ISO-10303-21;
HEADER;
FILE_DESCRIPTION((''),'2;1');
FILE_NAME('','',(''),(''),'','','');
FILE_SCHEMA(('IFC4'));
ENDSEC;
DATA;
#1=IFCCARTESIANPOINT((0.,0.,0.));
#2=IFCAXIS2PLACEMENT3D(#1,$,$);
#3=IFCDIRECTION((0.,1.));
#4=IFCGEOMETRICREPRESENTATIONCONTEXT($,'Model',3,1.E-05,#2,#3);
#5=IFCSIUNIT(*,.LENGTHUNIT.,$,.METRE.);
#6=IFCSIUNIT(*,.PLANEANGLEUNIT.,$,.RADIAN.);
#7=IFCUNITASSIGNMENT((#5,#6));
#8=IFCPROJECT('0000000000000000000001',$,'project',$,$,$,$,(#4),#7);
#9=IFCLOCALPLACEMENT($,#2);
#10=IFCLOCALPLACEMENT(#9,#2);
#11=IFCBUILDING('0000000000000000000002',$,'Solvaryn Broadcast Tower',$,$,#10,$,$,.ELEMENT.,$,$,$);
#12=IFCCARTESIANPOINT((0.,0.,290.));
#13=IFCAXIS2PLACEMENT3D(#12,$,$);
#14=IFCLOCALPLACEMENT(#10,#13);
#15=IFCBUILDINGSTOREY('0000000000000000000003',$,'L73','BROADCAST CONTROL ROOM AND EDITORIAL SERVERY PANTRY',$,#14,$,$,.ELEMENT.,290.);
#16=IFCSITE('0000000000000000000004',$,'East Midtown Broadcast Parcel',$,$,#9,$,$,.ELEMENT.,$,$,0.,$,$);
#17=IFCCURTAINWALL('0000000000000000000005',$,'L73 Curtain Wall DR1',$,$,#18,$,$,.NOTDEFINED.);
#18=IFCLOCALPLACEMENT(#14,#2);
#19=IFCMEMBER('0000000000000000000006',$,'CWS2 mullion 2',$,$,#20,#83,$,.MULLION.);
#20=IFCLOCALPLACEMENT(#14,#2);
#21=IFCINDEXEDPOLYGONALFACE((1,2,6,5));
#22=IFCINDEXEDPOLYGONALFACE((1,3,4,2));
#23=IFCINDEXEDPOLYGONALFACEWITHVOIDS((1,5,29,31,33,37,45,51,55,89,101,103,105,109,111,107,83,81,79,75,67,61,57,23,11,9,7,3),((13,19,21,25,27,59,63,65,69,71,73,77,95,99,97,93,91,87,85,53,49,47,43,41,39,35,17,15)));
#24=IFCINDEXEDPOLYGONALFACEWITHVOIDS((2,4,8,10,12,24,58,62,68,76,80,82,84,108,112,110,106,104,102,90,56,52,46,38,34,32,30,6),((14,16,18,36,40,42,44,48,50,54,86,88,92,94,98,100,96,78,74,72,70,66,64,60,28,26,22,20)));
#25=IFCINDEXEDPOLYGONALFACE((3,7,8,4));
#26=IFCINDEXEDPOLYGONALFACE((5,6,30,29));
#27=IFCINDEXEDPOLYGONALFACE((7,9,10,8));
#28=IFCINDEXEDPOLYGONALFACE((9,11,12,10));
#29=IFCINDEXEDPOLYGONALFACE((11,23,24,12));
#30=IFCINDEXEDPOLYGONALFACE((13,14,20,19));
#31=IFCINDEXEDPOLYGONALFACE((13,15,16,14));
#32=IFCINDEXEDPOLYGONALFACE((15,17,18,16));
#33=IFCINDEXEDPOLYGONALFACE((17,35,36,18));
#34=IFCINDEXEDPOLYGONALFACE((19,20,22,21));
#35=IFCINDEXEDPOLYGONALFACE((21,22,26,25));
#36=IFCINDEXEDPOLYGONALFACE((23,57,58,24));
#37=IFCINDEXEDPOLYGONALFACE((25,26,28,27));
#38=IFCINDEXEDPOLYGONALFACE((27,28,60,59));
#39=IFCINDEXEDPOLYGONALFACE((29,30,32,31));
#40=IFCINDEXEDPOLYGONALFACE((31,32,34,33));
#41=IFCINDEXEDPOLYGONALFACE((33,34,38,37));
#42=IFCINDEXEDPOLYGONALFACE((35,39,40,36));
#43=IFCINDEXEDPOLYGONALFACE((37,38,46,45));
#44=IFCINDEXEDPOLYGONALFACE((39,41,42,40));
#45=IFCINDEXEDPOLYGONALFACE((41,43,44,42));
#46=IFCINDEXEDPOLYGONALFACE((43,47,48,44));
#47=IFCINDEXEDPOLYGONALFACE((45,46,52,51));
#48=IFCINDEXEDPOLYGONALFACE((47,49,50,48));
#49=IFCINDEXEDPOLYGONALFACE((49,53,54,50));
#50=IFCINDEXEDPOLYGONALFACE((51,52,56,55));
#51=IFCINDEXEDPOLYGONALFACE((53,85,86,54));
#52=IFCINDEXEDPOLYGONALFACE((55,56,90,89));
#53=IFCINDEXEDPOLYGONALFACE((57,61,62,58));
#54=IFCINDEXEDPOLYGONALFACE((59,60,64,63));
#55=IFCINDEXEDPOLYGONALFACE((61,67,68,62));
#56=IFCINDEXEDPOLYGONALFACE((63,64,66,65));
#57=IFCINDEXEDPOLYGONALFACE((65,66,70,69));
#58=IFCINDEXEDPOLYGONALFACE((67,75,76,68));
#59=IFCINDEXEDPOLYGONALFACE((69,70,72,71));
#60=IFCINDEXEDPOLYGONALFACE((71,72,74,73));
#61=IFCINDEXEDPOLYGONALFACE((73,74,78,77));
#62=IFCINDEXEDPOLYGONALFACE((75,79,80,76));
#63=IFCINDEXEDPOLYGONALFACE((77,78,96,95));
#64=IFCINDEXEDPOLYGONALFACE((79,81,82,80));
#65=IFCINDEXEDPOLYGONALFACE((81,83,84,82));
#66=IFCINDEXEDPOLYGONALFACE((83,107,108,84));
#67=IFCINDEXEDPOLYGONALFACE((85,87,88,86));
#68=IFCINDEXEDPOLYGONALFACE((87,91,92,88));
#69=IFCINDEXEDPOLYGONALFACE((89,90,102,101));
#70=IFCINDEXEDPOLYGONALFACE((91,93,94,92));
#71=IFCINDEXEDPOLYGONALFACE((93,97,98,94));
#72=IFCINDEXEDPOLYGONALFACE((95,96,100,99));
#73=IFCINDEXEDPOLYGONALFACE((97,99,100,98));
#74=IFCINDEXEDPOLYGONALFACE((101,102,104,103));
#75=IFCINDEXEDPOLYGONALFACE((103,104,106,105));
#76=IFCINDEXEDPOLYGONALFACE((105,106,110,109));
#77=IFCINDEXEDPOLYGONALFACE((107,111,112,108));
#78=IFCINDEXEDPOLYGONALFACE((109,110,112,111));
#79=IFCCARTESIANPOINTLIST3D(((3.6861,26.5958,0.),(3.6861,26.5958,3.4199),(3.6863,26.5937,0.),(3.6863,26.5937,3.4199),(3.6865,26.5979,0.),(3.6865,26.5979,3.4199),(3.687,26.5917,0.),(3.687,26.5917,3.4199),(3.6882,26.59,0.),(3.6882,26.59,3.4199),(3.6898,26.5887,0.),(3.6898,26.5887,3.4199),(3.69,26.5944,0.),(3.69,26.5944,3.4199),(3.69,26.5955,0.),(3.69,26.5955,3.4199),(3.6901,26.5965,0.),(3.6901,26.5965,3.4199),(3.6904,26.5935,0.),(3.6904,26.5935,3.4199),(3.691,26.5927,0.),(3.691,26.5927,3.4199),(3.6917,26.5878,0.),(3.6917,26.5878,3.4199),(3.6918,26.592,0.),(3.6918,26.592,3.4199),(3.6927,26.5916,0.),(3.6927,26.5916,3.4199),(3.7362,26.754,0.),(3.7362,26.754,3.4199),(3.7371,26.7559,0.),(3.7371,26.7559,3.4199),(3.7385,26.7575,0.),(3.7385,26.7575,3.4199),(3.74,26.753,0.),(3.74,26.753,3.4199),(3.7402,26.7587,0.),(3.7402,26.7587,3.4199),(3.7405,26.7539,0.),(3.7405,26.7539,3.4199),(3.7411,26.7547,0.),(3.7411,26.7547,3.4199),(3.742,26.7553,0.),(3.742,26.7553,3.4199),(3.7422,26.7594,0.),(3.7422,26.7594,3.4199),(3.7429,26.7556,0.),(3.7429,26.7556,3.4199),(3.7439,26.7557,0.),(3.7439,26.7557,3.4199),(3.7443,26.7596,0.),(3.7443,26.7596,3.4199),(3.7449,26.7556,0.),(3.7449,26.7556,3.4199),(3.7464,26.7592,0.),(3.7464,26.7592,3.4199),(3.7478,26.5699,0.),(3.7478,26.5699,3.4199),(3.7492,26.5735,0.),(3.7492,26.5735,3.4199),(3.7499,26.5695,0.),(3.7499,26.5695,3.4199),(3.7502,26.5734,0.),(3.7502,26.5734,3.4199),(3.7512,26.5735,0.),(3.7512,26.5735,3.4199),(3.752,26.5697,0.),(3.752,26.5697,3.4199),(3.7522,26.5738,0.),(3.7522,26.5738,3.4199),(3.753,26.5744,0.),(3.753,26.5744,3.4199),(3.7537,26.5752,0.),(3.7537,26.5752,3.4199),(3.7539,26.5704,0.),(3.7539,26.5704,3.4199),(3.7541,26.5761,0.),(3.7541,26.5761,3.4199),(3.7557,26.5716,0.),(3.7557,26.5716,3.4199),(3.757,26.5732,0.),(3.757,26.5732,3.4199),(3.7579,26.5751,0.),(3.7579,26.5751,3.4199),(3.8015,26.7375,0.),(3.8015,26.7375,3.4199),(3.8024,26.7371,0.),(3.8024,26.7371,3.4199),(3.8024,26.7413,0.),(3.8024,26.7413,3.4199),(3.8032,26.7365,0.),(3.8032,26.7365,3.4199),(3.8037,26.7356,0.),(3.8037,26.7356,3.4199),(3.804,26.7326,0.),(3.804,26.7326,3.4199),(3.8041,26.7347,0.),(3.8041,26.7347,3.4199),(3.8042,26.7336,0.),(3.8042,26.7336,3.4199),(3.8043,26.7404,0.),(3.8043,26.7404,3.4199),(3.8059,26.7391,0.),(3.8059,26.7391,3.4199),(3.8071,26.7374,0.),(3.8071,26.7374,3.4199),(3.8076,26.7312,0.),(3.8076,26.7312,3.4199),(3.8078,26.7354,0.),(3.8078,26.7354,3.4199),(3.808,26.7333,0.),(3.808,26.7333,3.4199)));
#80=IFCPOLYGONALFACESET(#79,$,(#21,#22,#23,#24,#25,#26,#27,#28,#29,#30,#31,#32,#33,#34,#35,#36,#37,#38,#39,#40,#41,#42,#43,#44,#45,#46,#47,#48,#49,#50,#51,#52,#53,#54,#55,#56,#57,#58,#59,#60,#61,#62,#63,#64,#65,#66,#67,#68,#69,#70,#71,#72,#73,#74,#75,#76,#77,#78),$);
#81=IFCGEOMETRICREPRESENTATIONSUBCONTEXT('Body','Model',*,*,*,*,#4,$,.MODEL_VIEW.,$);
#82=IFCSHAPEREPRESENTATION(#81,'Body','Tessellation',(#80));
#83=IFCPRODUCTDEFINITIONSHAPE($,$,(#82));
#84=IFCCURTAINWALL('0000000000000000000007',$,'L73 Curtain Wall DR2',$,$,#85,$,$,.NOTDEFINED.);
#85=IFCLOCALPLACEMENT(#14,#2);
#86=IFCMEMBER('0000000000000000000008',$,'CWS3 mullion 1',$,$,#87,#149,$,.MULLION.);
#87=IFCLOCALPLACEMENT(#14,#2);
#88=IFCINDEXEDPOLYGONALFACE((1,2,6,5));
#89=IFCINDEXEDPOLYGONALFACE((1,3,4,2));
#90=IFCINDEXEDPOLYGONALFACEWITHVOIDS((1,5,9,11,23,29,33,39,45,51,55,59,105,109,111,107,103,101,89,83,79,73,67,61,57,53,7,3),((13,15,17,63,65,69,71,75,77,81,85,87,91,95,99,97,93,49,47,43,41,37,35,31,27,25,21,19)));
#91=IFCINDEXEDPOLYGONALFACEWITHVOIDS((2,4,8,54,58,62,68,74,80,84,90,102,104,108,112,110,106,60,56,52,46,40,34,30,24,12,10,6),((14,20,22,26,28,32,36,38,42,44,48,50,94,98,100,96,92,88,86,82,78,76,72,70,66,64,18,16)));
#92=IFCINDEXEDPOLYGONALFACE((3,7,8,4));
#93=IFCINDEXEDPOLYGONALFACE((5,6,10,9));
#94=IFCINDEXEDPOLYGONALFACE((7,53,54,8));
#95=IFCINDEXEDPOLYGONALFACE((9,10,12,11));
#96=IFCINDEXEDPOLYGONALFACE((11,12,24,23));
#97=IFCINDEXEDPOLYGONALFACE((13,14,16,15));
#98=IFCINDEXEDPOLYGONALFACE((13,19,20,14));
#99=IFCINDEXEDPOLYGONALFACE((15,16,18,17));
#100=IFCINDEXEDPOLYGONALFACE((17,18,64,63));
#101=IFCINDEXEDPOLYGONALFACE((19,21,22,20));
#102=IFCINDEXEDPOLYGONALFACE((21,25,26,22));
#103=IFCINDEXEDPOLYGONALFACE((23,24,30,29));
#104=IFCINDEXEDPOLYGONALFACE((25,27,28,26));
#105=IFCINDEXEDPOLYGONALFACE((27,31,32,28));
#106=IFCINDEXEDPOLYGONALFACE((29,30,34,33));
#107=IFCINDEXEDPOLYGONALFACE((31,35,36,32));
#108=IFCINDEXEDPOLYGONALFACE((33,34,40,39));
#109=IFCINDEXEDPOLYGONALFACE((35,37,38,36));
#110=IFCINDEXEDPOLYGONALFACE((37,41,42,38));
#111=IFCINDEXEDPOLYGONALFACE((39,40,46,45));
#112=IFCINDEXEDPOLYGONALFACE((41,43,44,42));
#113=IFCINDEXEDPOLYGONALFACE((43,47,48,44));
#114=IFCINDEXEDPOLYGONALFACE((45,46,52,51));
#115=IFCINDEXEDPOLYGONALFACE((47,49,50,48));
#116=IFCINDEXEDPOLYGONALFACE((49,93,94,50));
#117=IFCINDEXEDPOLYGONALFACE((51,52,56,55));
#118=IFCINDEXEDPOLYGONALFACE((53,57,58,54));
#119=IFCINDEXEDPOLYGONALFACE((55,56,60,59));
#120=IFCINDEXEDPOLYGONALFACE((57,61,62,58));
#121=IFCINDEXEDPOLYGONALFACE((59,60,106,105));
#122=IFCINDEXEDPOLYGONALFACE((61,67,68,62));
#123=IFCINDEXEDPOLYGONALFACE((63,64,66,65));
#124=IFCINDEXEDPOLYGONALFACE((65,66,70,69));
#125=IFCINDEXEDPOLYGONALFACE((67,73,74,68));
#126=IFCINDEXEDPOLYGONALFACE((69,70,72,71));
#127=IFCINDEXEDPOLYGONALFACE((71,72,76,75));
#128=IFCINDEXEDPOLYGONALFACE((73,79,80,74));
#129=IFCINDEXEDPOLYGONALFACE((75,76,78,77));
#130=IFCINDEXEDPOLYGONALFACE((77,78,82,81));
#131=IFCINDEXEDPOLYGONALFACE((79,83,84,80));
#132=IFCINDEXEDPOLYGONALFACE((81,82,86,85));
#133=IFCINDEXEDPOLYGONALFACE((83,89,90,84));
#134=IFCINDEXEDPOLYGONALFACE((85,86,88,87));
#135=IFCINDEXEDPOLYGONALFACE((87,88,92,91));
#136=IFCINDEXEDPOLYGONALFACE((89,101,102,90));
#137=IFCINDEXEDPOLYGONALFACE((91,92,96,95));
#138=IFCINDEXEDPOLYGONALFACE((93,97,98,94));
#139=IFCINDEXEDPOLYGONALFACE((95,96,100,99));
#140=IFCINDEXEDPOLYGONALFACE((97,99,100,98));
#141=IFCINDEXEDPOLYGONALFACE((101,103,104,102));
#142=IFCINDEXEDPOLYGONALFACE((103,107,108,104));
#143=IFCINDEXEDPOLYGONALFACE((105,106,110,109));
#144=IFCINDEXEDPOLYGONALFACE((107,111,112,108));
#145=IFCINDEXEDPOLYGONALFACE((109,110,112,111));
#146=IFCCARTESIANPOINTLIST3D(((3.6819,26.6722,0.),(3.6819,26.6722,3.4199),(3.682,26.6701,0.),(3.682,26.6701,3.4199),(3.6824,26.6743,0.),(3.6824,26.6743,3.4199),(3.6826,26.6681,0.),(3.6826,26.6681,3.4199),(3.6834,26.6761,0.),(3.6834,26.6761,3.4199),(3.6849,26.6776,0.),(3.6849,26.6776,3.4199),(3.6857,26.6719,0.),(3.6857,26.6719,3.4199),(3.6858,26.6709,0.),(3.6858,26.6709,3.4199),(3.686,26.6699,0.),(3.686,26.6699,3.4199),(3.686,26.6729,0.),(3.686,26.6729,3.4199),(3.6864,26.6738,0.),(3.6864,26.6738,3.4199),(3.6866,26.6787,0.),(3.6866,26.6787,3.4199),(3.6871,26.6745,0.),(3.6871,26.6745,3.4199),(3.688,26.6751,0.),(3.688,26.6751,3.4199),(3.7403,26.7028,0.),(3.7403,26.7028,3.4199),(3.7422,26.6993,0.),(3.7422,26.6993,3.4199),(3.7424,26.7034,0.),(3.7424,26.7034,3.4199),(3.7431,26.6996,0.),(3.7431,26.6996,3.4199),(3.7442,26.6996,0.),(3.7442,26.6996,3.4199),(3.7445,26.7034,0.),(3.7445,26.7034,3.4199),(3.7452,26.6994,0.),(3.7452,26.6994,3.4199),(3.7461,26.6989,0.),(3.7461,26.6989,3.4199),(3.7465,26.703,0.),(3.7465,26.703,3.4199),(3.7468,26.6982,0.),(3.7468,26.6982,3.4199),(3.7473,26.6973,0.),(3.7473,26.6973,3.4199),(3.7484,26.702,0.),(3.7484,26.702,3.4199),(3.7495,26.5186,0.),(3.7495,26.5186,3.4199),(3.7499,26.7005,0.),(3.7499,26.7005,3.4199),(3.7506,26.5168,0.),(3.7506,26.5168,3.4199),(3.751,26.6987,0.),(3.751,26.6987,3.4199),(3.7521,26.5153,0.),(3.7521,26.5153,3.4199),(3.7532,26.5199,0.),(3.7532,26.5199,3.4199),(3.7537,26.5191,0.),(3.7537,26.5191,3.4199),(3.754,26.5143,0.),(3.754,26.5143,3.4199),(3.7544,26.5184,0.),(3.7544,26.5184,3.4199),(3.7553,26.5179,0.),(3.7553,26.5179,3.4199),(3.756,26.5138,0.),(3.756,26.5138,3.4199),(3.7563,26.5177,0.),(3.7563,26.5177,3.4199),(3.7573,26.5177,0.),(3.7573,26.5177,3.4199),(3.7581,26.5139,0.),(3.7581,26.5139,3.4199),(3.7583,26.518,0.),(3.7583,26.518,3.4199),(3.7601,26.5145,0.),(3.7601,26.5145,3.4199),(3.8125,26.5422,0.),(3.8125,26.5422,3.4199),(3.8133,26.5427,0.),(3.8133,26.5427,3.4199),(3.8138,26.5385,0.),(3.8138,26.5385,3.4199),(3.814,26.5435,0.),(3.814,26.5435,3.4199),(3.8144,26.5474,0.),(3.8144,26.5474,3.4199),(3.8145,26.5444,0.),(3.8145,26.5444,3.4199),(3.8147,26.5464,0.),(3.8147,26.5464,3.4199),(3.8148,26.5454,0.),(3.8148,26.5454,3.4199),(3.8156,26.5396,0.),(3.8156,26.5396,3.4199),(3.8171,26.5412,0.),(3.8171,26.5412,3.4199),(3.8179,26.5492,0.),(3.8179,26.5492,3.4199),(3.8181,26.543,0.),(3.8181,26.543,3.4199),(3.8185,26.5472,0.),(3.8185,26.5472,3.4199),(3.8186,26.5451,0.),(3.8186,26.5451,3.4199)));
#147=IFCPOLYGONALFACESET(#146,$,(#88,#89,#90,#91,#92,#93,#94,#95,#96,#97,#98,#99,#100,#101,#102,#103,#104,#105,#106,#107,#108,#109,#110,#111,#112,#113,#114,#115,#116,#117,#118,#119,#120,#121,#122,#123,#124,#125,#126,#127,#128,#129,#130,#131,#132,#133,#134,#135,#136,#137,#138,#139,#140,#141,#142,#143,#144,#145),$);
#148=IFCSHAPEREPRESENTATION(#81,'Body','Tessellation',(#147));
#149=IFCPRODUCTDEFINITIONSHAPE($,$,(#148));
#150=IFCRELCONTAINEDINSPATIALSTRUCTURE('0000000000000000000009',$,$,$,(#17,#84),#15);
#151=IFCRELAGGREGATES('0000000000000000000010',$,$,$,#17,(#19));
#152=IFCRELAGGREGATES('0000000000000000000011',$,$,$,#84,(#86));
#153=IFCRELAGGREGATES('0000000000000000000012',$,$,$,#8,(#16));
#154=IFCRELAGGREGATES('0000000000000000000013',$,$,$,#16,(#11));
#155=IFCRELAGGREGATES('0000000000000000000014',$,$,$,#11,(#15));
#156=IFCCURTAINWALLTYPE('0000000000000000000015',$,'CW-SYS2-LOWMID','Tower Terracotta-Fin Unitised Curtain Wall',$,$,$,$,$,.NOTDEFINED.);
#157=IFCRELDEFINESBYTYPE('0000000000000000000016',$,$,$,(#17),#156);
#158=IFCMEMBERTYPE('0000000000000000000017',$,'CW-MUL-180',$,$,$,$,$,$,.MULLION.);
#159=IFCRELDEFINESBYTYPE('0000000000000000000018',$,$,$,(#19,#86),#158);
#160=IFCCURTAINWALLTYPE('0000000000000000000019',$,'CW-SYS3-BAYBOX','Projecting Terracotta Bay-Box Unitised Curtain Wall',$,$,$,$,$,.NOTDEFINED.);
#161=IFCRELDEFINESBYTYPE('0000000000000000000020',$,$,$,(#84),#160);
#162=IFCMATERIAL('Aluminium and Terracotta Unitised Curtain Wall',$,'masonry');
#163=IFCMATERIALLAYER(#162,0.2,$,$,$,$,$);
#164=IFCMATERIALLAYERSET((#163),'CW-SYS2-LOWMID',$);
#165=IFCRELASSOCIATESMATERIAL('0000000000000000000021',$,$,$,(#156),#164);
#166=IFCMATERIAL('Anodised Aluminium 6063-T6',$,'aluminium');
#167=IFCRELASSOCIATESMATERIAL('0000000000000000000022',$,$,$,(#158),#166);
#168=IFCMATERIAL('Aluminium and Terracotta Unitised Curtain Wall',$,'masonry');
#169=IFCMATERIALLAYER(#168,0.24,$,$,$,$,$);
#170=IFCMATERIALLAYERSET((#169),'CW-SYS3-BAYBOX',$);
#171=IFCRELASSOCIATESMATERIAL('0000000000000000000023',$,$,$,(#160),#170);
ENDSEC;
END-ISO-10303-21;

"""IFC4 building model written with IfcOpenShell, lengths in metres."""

from ifc_helpers import new_model, si_unit, direction, frame, origin, origin_2d, place, context, subcontext, project, spatial, hollow_rectangle, extrude, material, layer, layer_set, material_profile, profile_set, type_object, element, aggregate, save


model = new_model("IFC4")

# Units and contexts
model_context = context("Model", 3, precision=1e-05, world=origin(), true_north=direction((0.0, 1.0)))
body_context = subcontext(model_context, "Body", "Model", "MODEL_VIEW")
ifc_project = project(units=[si_unit("LENGTHUNIT", "METRE"), si_unit("PLANEANGLEUNIT", "RADIAN")], contexts=[model_context])

# Site, building, storey
site_placement = place(None, origin())
site = spatial("IfcSite", under=ifc_project, at=site_placement, Name="East Midtown Broadcast Parcel", CompositionType="ELEMENT", RefElevation=0.0)
building_placement = place(site_placement, origin())
building = spatial("IfcBuilding", under=site, at=building_placement, Name="Solvaryn Broadcast Tower", CompositionType="ELEMENT")
storey_placement = place(building_placement, frame((0.0, 0.0, 290.0)))
storey = spatial("IfcBuildingStorey", under=building, at=storey_placement, Name="L73", Description="BROADCAST CONTROL ROOM AND EDITORIAL SERVERY PANTRY", CompositionType="ELEMENT", Elevation=290.0)

# Curtain wall, member
ifc_material_1 = material(Name="Aluminium and Terracotta Unitised Curtain Wall", Category="masonry")
ifc_layer_1 = layer(ifc_material_1, 0.2)
ifc_layer_set_1 = layer_set([ifc_layer_1], Name="CW-SYS2-LOWMID")
curtain_wall_type_1 = type_object("IfcCurtainWallType", Name="CW-SYS2-LOWMID", Description="Tower Terracotta-Fin Unitised Curtain Wall", PredefinedType="NOTDEFINED", material=ifc_layer_set_1)
curtain_wall_1_placement = place(storey_placement, origin())
curtain_wall_1 = element("IfcCurtainWall", 1, at=curtain_wall_1_placement, inside=storey, type_object=curtain_wall_type_1, Name="L73 Curtain Wall DR1", PredefinedType="NOTDEFINED")
ifc_material_2 = material(Name="Anodised Aluminium 6063-T6", Category="aluminium")
ifc_material_profile_1 = material_profile(ifc_material_2, hollow_rectangle(XDim=0.075, YDim=0.1799, WallThickness=0.0039, InnerFilletRadius=0.0039, OuterFilletRadius=0.0081, at=origin_2d()))
ifc_profile_set_1 = profile_set([ifc_material_profile_1], Name="Anodised Aluminium 6063-T6")
member_type_1 = type_object("IfcMemberType", Name="CW-MUL-180", PredefinedType="MULLION", material=ifc_profile_set_1)
member_1_placement = place(storey_placement, frame((3.7471, 26.6646, 0.0), z_axis=(0.0, 0.0, 1.0), x_axis=(0.952795, -0.303616, 0.0)))
member_1 = element("IfcMember", 2, at=member_1_placement, type_object=member_type_1, Name="CWS2 mullion 2", PredefinedType="MULLION", context=body_context, shape_type="SweptSolid", body=[
    extrude(hollow_rectangle(XDim=0.075, YDim=0.1799, WallThickness=0.0039, InnerFilletRadius=0.0039, OuterFilletRadius=0.0081, at=origin_2d()), origin(), (0.0, 0.0, 1.0), 3.4199),
])
aggregate(curtain_wall_1, [member_1])

# Curtain wall, member
ifc_material_3 = material(Name="Aluminium and Terracotta Unitised Curtain Wall", Category="masonry")
ifc_layer_2 = layer(ifc_material_3, 0.24)
ifc_layer_set_2 = layer_set([ifc_layer_2], Name="CW-SYS3-BAYBOX")
curtain_wall_type_2 = type_object("IfcCurtainWallType", Name="CW-SYS3-BAYBOX", Description="Projecting Terracotta Bay-Box Unitised Curtain Wall", PredefinedType="NOTDEFINED", material=ifc_layer_set_2)
curtain_wall_2_placement = place(storey_placement, origin())
curtain_wall_2 = element("IfcCurtainWall", 3, at=curtain_wall_2_placement, inside=storey, type_object=curtain_wall_type_2, Name="L73 Curtain Wall DR2", PredefinedType="NOTDEFINED")
member_2_placement = place(storey_placement, frame((3.7502, 26.6086, 0.0), z_axis=(0.0, 0.0, 1.0), x_axis=(0.912774, 0.408466, 0.0)))
member_2 = element("IfcMember", 4, at=member_2_placement, type_object=member_type_1, Name="CWS3 mullion 1", PredefinedType="MULLION", context=body_context, shape_type="SweptSolid", body=[
    extrude(hollow_rectangle(XDim=0.075, YDim=0.1799, WallThickness=0.0039, InnerFilletRadius=0.0039, OuterFilletRadius=0.0081, at=origin_2d()), origin(), (0.0, 0.0, 1.0), 3.4199),
])
aggregate(curtain_wall_2, [member_2])

save(model, "model.ifc")
